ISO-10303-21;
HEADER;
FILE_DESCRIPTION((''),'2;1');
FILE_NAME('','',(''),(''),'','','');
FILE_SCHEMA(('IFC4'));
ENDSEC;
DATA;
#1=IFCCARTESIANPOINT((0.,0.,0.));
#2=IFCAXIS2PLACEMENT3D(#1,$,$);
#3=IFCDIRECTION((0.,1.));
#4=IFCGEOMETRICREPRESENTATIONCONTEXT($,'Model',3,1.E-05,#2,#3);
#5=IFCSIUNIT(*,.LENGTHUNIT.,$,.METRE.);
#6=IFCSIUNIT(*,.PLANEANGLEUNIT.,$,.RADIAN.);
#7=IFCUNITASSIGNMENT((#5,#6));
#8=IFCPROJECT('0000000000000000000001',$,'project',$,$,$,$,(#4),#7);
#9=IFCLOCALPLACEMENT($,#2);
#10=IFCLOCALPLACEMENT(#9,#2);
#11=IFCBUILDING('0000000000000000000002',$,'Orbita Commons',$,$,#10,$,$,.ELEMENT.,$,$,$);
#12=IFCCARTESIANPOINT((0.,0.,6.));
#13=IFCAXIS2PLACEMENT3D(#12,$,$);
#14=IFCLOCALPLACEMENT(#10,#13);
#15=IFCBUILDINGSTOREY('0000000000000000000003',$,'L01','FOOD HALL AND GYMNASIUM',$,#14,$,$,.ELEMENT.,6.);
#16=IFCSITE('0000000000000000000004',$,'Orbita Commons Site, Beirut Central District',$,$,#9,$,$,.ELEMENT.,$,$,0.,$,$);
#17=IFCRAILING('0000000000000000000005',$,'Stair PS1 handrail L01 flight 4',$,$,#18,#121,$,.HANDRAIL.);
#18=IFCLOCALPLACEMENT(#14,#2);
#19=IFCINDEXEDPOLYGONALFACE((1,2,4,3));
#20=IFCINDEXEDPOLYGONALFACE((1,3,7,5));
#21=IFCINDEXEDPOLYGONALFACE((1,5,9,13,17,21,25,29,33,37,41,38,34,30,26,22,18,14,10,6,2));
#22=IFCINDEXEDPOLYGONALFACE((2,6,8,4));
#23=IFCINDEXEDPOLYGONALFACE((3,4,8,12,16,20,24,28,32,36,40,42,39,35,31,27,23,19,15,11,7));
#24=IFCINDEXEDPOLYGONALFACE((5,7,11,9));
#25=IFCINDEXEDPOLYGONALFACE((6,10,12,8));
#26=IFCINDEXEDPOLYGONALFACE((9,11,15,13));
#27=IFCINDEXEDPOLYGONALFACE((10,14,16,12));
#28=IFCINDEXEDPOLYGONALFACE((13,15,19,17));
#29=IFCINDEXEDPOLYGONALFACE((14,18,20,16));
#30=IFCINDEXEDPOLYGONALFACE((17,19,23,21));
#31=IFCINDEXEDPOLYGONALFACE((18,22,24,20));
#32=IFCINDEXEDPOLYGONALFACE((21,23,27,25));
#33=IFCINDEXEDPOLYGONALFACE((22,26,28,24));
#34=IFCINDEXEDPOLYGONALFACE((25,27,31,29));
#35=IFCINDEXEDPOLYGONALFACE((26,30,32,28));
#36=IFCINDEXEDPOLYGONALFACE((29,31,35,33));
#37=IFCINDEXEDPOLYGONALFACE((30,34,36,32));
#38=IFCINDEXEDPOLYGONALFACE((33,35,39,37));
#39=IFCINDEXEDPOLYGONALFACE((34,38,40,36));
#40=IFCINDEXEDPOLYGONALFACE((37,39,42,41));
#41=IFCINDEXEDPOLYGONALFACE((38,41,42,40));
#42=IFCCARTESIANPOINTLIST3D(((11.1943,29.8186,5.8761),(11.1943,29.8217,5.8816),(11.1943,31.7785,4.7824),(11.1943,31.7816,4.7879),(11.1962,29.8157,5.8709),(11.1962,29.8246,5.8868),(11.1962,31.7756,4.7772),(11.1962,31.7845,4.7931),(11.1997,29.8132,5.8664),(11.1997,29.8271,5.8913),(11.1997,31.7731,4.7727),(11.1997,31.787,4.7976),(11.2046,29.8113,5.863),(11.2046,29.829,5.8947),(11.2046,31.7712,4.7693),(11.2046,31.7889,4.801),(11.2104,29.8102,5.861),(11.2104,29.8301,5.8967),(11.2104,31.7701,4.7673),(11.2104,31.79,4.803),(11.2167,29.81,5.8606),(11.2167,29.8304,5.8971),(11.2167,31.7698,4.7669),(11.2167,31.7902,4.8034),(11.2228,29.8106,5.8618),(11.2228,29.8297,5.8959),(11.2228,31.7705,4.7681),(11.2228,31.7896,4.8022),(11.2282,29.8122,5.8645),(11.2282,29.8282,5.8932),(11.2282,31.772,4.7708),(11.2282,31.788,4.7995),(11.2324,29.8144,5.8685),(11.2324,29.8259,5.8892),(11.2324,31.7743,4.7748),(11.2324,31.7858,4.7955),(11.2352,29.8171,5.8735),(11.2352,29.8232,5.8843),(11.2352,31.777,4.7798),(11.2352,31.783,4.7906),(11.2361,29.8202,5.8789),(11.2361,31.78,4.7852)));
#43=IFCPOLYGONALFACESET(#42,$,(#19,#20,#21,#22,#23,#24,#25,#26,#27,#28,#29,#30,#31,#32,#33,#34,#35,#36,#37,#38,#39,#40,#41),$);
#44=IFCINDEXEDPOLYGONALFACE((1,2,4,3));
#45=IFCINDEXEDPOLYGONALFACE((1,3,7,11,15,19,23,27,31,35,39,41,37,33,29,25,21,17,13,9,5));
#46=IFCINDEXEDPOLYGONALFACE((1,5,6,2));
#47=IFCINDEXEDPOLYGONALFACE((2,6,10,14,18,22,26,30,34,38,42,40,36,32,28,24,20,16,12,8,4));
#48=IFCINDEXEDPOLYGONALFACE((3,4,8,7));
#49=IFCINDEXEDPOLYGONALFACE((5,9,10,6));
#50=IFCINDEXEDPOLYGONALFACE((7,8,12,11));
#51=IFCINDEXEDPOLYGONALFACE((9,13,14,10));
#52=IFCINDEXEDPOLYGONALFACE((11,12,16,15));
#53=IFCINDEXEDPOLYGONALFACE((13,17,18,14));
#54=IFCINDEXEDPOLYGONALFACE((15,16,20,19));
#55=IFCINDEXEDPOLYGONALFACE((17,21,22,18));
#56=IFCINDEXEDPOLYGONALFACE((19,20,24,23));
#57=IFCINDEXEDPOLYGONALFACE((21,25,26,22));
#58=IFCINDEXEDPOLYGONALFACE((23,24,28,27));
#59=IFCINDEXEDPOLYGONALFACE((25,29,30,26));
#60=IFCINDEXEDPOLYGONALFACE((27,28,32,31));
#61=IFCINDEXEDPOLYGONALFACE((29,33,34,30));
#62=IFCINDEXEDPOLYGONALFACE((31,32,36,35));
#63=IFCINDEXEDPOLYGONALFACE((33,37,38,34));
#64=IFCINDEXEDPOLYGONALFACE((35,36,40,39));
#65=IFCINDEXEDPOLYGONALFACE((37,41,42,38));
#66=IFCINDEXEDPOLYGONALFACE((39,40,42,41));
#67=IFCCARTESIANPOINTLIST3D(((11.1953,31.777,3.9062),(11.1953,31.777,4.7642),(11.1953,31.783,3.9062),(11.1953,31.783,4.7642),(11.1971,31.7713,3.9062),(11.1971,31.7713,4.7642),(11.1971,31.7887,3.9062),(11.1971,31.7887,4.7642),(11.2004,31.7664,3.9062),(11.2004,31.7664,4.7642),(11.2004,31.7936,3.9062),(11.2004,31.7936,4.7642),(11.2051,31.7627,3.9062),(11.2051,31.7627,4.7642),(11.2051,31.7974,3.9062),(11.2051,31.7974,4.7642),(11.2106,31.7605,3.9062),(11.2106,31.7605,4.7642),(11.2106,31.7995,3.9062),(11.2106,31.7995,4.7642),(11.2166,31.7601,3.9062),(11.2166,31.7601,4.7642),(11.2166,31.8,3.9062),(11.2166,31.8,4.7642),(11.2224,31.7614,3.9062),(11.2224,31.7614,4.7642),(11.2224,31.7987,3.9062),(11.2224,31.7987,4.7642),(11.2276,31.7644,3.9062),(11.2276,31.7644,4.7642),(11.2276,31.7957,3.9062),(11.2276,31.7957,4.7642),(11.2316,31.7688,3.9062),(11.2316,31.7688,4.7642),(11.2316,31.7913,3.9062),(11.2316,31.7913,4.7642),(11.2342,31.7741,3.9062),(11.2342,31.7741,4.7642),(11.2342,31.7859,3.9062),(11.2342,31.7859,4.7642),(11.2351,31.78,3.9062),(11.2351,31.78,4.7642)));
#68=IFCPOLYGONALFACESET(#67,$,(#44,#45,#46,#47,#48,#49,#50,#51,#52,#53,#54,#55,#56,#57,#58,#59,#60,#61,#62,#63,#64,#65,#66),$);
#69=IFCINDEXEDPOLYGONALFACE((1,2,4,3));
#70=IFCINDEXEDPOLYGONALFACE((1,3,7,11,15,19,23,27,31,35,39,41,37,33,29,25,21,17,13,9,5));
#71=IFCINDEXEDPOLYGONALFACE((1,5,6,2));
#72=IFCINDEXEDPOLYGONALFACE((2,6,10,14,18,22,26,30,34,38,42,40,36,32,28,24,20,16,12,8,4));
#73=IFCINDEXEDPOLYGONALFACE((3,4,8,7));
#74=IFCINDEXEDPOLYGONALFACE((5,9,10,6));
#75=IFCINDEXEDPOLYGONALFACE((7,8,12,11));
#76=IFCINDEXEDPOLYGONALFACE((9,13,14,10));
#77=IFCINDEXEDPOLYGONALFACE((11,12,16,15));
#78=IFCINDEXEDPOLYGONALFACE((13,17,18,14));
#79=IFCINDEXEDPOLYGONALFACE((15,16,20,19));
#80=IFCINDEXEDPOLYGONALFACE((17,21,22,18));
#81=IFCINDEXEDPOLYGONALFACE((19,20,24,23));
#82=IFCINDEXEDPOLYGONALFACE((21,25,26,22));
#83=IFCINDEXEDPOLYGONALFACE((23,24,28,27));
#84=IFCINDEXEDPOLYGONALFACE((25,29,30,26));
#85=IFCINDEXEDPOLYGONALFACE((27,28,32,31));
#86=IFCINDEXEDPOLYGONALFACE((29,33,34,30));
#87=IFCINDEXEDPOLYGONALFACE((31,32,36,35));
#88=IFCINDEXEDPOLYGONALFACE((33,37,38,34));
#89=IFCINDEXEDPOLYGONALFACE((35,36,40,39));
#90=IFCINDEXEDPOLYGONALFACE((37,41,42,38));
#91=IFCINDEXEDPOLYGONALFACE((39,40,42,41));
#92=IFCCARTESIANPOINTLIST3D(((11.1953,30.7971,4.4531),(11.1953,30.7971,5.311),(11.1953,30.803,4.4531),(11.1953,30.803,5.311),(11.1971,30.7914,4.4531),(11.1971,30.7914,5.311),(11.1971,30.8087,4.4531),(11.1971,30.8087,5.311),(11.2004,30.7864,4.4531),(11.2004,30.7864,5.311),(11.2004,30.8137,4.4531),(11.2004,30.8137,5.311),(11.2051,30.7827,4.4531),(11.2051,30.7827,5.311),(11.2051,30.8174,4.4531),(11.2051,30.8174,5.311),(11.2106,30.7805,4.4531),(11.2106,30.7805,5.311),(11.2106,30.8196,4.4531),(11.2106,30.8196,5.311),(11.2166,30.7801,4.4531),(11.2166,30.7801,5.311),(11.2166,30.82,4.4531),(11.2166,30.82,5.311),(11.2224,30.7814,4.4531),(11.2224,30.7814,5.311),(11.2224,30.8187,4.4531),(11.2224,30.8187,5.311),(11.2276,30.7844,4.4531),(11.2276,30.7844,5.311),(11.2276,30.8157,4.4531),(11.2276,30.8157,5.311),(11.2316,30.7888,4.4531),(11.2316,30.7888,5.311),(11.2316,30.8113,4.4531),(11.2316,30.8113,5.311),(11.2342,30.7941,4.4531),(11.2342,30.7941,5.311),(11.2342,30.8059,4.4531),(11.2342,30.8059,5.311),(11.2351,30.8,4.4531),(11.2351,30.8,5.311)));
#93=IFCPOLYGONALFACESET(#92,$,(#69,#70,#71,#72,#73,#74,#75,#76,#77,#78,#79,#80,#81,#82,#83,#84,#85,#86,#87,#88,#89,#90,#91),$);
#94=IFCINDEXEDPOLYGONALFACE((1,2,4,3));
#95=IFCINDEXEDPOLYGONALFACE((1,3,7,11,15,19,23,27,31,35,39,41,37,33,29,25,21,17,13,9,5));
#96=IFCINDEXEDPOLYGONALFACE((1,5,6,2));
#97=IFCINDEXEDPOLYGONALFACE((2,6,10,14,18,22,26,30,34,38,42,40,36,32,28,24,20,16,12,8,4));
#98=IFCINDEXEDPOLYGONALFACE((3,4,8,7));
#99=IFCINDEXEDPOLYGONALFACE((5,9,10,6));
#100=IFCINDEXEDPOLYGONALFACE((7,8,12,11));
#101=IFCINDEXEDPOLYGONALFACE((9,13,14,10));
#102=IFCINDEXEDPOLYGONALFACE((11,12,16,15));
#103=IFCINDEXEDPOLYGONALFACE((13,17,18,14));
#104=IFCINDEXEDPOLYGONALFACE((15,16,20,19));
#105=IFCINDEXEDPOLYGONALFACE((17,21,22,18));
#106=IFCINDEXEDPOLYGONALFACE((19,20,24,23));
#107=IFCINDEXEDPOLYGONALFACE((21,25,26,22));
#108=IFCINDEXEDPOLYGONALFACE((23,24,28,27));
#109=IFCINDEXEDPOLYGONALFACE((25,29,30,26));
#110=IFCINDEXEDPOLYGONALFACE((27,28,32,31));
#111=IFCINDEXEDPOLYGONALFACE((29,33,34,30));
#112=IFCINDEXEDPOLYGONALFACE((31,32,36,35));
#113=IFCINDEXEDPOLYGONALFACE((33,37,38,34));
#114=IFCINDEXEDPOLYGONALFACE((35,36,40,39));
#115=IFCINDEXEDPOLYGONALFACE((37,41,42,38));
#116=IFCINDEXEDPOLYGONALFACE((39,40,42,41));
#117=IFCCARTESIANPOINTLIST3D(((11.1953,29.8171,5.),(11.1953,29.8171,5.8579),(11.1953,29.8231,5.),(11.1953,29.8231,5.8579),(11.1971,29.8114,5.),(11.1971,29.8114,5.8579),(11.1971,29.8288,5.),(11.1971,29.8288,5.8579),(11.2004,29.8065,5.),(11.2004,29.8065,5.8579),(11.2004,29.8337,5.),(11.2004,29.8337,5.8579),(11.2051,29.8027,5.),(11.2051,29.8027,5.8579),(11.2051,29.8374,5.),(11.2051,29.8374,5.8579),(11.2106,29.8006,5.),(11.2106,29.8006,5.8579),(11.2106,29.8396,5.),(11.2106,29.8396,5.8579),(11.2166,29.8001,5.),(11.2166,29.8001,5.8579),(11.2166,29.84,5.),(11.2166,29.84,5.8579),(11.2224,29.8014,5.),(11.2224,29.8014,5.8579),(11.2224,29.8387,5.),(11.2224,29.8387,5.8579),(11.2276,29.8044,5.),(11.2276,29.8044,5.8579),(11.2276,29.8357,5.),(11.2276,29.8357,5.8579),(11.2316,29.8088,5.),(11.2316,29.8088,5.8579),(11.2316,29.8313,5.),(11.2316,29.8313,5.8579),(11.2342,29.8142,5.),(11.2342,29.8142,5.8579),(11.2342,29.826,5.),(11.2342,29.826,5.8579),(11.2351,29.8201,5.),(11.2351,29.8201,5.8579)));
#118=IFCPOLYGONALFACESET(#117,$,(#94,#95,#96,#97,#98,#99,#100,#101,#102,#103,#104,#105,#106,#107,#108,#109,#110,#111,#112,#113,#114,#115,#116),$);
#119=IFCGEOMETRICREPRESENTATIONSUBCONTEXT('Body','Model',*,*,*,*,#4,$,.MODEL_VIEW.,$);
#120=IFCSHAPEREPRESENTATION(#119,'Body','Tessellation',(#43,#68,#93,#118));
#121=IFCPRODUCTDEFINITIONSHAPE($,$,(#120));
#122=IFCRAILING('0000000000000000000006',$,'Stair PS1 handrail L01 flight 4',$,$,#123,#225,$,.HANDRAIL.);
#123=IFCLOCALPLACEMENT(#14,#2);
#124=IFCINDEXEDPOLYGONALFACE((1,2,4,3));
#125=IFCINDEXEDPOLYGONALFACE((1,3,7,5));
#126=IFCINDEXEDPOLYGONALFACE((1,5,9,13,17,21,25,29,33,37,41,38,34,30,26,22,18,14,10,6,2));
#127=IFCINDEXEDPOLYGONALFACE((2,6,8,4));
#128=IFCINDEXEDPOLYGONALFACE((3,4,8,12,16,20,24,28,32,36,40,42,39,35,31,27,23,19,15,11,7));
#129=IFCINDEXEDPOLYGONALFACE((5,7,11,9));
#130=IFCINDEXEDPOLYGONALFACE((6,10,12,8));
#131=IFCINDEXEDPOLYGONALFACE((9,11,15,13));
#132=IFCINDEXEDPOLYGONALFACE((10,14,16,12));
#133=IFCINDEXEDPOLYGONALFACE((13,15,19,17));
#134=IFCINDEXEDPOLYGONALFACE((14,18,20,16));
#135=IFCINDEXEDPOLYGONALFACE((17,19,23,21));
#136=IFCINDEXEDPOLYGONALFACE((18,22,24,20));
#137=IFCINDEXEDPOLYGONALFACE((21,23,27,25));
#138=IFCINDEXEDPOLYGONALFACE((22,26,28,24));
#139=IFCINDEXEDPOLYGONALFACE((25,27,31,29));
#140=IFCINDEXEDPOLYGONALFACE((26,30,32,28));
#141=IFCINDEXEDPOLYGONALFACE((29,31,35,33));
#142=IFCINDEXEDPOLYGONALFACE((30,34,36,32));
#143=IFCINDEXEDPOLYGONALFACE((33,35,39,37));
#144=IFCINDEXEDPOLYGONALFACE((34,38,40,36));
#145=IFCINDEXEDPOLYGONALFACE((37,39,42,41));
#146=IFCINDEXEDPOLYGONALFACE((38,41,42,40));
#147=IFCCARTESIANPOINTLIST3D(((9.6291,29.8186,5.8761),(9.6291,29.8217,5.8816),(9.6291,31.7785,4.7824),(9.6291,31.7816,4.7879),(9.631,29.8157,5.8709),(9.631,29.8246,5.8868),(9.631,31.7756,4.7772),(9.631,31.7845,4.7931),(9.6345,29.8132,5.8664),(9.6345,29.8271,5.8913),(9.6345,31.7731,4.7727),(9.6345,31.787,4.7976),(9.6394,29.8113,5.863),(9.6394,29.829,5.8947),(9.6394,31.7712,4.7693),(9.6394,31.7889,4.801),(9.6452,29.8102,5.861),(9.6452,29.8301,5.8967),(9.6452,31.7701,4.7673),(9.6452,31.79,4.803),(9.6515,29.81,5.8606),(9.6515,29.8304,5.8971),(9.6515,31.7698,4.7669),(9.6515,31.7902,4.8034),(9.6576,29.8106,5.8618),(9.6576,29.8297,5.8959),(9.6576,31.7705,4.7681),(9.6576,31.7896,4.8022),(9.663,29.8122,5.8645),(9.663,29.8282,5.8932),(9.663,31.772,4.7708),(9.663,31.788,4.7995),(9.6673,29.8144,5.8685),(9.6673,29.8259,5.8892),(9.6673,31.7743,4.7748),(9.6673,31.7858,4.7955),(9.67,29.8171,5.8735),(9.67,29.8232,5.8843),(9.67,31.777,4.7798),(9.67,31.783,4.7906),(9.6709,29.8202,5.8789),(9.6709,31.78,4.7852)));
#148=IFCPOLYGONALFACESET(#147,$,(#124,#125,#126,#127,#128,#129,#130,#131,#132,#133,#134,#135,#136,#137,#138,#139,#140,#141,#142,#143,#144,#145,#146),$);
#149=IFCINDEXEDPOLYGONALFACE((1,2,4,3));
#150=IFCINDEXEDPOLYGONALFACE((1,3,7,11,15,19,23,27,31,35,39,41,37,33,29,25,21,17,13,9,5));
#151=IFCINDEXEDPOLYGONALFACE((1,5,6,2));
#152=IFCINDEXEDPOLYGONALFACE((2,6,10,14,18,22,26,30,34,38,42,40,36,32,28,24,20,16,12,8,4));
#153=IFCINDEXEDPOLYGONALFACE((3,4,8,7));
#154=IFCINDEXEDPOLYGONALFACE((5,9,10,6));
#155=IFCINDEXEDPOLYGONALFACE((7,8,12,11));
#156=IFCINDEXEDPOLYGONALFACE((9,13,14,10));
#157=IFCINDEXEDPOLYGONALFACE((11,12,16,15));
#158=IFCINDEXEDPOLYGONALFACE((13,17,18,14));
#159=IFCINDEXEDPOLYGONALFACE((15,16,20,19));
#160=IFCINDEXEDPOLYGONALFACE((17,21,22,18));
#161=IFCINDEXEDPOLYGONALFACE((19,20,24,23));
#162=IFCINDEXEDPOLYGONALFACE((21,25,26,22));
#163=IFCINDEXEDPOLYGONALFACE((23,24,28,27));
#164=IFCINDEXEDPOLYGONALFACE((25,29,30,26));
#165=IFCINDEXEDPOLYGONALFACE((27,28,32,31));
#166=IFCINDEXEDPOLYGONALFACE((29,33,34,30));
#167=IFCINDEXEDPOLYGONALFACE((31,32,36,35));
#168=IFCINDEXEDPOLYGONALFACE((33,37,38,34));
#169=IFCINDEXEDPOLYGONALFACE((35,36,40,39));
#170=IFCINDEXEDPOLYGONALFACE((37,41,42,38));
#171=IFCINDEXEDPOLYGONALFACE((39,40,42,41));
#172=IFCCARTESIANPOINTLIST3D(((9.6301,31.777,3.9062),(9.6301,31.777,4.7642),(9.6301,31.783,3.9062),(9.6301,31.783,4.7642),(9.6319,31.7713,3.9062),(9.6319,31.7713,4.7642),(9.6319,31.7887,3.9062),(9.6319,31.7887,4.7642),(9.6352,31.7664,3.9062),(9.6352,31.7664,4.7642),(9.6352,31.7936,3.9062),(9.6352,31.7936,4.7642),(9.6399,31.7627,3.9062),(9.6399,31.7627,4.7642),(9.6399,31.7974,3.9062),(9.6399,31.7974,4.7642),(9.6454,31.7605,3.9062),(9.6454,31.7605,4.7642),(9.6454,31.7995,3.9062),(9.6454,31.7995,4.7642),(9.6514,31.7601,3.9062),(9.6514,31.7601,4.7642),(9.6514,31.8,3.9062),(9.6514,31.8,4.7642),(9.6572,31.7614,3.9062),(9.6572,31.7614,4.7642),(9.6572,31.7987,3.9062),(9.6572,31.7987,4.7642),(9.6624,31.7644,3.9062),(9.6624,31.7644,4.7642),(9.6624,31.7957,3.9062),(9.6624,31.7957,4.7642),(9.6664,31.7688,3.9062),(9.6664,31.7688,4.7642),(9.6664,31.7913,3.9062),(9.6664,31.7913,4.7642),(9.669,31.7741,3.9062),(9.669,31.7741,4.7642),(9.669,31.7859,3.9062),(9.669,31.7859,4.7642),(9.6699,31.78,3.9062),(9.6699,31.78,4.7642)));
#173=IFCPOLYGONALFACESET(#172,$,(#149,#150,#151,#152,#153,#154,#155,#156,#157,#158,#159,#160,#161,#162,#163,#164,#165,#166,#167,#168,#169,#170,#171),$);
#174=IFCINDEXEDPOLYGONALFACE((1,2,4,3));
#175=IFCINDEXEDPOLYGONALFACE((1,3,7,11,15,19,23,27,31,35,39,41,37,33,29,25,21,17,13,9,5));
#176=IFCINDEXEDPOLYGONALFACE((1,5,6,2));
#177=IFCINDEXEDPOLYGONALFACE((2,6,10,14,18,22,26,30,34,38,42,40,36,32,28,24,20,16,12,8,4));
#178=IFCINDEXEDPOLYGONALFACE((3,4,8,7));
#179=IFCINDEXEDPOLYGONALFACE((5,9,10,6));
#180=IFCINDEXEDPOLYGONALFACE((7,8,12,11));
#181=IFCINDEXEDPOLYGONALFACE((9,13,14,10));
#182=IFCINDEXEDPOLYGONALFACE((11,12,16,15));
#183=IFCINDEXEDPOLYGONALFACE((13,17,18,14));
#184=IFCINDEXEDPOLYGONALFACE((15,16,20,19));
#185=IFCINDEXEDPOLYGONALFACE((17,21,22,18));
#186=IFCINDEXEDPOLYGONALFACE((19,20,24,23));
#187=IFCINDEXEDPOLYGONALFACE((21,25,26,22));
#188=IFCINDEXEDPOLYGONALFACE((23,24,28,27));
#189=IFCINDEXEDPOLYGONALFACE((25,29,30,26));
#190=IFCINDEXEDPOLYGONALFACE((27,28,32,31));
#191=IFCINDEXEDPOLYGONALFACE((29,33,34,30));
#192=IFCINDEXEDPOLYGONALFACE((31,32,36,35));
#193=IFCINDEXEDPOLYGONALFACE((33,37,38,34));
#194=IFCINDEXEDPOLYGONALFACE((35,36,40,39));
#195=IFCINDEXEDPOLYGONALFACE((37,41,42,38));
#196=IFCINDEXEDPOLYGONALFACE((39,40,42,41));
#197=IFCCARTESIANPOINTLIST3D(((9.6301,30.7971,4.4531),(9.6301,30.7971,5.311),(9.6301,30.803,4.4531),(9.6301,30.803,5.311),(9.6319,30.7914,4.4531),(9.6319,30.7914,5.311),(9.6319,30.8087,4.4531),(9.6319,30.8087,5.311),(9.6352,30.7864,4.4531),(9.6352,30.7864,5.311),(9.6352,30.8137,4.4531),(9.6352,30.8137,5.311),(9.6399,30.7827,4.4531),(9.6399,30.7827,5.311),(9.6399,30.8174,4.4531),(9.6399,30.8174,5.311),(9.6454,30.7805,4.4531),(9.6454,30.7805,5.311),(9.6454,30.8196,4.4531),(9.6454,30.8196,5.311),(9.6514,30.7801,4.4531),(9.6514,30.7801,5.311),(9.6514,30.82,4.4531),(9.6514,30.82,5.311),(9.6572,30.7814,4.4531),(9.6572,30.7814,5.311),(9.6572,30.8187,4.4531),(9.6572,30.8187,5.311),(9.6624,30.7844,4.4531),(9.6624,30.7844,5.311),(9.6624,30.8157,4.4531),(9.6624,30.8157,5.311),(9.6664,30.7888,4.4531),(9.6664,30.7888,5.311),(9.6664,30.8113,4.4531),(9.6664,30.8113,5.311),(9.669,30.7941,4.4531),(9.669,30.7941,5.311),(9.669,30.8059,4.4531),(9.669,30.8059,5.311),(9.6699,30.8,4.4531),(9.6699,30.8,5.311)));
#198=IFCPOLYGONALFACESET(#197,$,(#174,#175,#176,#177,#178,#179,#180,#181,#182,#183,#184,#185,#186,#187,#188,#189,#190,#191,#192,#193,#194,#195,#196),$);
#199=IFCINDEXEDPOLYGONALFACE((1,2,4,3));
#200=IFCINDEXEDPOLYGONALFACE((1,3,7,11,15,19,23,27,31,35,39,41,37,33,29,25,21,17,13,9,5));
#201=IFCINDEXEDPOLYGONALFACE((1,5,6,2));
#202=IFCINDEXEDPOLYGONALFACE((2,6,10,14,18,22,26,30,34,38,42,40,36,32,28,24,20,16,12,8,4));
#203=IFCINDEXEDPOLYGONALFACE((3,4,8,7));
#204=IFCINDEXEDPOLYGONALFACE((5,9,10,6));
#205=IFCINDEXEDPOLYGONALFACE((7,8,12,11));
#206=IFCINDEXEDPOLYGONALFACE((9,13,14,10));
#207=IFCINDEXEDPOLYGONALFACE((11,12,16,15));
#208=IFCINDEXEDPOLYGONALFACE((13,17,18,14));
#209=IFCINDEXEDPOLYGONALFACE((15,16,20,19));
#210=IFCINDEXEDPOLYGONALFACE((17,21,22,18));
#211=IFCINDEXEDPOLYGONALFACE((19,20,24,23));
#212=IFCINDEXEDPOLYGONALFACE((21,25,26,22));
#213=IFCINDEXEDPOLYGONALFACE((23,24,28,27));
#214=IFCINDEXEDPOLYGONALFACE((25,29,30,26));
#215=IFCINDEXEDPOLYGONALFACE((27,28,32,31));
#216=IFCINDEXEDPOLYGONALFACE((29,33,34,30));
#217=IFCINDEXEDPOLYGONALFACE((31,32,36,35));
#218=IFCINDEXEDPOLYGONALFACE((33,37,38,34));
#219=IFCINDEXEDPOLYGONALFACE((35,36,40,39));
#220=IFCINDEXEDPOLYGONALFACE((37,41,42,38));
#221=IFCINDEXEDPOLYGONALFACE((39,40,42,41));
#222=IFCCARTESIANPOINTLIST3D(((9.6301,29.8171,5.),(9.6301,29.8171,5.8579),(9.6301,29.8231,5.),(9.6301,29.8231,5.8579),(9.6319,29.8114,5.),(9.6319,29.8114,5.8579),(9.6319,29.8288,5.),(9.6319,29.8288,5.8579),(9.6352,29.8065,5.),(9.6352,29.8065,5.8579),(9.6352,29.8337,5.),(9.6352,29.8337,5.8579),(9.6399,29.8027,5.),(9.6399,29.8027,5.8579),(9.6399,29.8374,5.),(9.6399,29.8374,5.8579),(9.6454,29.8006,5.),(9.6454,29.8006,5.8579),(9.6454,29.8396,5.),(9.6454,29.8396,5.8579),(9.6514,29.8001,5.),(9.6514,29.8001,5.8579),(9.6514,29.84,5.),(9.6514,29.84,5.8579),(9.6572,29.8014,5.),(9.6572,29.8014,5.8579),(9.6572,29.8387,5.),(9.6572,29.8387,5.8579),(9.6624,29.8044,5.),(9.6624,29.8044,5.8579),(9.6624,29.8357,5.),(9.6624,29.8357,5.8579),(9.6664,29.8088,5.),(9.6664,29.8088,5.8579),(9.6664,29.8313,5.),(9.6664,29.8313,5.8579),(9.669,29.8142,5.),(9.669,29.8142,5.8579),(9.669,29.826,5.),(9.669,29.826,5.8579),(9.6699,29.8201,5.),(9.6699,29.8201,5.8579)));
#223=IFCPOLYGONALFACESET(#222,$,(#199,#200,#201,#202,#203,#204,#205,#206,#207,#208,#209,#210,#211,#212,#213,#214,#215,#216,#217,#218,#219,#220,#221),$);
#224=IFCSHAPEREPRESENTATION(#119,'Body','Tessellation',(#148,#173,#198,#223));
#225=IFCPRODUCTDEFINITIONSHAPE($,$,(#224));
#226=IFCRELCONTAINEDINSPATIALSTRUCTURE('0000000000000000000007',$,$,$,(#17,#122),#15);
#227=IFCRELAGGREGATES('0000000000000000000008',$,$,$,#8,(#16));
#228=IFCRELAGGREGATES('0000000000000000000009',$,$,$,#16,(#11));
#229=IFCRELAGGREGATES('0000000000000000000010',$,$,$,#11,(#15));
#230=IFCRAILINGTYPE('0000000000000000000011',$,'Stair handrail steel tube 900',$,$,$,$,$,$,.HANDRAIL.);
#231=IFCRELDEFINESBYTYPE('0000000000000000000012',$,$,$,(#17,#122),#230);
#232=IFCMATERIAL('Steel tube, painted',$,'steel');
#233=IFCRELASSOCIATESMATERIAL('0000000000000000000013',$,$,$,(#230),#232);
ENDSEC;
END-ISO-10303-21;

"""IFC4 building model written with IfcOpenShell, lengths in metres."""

from ifc_helpers import new_model, si_unit, direction, frame, origin, origin_2d, place, context, subcontext, project, spatial, circle, extrude, material, type_object, element, save


model = new_model("IFC4")

# Units and contexts
model_context = context("Model", 3, precision=1e-05, world=origin(), true_north=direction((0.0, 1.0)))
body_context = subcontext(model_context, "Body", "Model", "MODEL_VIEW")
ifc_project = project(units=[si_unit("LENGTHUNIT", "METRE"), si_unit("PLANEANGLEUNIT", "RADIAN")], contexts=[model_context])

# Site, building, storey
site_placement = place(None, origin())
site = spatial("IfcSite", under=ifc_project, at=site_placement, Name="Orbita Commons Site, Beirut Central District", CompositionType="ELEMENT", RefElevation=0.0)
building_placement = place(site_placement, origin())
building = spatial("IfcBuilding", under=site, at=building_placement, Name="Orbita Commons", CompositionType="ELEMENT")
storey_placement = place(building_placement, frame((0.0, 0.0, 6.0)))
storey = spatial("IfcBuildingStorey", under=building, at=storey_placement, Name="L01", Description="FOOD HALL AND GYMNASIUM", CompositionType="ELEMENT", Elevation=6.0)

# Railings
ifc_material_1 = material(Name="Steel tube, painted", Category="steel")
railing_type = type_object("IfcRailingType", Name="Stair handrail steel tube 900", PredefinedType="HANDRAIL", material=ifc_material_1)
for number, where, name in (
    (1, (11.2151, 31.78, 3.9062), "Stair PS1 handrail L01 flight 4"),
    (2, (9.6499, 31.78, 3.9062), "Stair PS1 handrail L01 flight 4"),
):
    element("IfcRailing", number, at=place(storey_placement, frame(where)), inside=storey, type_object=railing_type, Name=name, PredefinedType="HANDRAIL", context=body_context, shape_type="SweptSolid", body=[
        extrude(circle(Radius=0.021, at=origin_2d()), frame((0.0, 0.0, 0.8789), z_axis=(0.0, -0.873232, 0.487304), x_axis=(1.0, 0.0, 0.0)), (0.0, 0.0, 1.0), 2.2444),
        extrude(circle(Radius=0.02, at=origin_2d()), origin(), (0.0, 0.0, 1.0), 0.8579),
        extrude(circle(Radius=0.02, at=origin_2d()), frame((0.0, -0.98, 0.5469)), (0.0, 0.0, 1.0), 0.8579),
        extrude(circle(Radius=0.02, at=origin_2d()), frame((0.0, -1.96, 1.0938)), (0.0, 0.0, 1.0), 0.8579),
    ])

save(model, "model.ifc")
